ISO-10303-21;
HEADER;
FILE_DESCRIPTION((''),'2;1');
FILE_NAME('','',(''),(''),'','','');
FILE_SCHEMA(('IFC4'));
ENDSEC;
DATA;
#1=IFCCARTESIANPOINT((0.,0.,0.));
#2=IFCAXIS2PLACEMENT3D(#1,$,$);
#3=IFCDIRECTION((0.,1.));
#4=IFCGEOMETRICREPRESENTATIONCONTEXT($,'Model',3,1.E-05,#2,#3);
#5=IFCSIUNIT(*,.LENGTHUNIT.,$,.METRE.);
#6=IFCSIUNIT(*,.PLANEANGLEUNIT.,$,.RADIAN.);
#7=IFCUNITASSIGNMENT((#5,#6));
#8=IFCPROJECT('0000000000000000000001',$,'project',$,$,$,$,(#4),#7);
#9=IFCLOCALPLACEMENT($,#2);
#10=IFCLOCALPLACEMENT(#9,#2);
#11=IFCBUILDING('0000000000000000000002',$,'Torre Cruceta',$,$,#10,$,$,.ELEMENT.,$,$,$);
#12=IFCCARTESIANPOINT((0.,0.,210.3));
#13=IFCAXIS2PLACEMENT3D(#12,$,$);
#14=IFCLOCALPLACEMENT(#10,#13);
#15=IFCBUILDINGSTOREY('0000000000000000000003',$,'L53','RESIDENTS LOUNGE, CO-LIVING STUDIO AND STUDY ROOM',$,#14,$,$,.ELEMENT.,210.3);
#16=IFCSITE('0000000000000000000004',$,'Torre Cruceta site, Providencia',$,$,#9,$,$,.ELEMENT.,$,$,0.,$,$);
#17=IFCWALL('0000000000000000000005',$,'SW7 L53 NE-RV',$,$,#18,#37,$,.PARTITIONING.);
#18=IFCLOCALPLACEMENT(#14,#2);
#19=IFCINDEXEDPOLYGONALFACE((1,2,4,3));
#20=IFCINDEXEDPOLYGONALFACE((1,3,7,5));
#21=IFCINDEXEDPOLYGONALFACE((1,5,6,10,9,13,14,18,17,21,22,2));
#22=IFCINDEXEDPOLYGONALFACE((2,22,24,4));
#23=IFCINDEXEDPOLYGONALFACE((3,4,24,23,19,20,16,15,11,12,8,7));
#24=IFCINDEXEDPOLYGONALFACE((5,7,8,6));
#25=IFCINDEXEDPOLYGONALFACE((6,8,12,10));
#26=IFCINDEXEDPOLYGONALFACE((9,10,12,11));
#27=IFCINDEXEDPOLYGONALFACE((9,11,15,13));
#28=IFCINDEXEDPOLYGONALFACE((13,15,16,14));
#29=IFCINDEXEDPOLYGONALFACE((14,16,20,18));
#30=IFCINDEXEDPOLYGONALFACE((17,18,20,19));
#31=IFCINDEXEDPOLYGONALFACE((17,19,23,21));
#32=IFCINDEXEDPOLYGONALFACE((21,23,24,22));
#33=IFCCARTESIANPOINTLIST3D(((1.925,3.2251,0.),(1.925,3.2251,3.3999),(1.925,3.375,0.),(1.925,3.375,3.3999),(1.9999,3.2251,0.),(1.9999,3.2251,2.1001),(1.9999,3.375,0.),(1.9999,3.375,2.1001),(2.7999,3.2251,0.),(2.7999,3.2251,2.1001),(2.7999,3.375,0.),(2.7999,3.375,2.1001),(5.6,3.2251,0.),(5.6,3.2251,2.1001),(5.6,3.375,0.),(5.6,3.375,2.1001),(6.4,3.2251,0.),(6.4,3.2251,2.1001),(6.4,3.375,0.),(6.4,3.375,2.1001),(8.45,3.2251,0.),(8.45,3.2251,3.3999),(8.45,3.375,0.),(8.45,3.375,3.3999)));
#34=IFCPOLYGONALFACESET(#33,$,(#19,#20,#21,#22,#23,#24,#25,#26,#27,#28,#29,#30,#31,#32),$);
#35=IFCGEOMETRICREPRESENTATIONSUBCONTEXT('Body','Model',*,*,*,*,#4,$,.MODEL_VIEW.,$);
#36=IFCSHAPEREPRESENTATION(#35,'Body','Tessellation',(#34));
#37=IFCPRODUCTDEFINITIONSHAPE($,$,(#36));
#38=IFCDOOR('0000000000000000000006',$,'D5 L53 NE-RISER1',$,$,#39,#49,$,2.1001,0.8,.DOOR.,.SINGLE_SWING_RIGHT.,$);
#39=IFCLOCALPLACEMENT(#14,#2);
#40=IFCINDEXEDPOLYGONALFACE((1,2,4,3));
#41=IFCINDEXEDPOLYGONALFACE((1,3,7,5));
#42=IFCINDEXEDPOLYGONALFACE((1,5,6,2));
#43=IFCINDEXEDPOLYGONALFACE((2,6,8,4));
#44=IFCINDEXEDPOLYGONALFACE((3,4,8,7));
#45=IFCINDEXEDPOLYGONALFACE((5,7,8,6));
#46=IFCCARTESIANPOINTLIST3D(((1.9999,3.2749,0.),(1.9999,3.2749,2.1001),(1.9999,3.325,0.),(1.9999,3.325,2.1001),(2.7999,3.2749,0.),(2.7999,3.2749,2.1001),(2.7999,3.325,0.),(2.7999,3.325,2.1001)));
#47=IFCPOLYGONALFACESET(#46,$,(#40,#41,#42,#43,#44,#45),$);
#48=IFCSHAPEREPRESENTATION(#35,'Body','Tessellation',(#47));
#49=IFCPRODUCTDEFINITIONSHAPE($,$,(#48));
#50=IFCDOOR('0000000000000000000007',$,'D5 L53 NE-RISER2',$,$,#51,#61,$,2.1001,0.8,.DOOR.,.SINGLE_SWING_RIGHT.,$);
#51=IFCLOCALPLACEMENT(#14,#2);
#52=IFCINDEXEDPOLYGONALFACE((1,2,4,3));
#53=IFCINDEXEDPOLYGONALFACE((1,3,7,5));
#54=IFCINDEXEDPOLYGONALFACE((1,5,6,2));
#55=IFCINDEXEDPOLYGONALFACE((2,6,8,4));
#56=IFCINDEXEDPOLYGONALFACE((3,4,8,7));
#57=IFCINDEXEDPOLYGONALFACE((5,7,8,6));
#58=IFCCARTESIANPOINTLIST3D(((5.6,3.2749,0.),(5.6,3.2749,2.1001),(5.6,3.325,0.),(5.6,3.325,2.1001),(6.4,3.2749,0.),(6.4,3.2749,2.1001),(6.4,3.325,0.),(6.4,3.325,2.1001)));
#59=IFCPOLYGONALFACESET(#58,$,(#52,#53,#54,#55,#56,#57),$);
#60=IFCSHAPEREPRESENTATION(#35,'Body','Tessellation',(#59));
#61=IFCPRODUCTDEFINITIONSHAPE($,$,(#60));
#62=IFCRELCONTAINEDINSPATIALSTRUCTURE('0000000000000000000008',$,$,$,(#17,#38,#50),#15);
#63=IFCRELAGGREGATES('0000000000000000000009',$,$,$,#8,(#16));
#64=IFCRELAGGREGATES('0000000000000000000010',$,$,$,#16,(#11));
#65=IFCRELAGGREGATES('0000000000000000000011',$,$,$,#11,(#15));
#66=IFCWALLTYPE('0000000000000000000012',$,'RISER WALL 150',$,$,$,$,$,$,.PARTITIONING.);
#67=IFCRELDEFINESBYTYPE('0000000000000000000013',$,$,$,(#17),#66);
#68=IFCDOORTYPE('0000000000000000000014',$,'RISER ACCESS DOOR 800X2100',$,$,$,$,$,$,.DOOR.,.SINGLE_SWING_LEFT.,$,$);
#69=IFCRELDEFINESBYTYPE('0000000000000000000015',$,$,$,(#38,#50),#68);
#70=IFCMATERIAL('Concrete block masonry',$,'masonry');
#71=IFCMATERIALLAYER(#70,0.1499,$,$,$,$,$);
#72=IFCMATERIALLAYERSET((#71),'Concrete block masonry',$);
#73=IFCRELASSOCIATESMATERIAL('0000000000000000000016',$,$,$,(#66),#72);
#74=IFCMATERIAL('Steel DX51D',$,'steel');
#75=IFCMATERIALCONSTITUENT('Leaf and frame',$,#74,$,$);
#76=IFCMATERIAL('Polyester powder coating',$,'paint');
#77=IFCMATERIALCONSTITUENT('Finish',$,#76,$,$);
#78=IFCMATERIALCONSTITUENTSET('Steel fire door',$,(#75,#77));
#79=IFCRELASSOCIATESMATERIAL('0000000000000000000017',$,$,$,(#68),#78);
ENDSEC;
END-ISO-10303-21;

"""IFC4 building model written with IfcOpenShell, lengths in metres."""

from ifc_helpers import new_model, si_unit, direction, frame, frame_2d, origin, place, context, subcontext, project, spatial, rectangle, extrude, material, layer, layer_set, constituent, constituent_set, type_object, element, fill, save


model = new_model("IFC4")

# Units and contexts
model_context = context("Model", 3, precision=1e-05, world=origin(), true_north=direction((0.0, 1.0)))
body_context = subcontext(model_context, "Body", "Model", "MODEL_VIEW")
ifc_project = project(units=[si_unit("LENGTHUNIT", "METRE"), si_unit("PLANEANGLEUNIT", "RADIAN")], contexts=[model_context])

# Site, building, storey
site_placement = place(None, origin())
site = spatial("IfcSite", under=ifc_project, at=site_placement, Name="Torre Cruceta site, Providencia", CompositionType="ELEMENT", RefElevation=0.0)
building_placement = place(site_placement, origin())
building = spatial("IfcBuilding", under=site, at=building_placement, Name="Torre Cruceta", CompositionType="ELEMENT")
storey_placement = place(building_placement, frame((0.0, 0.0, 210.3)))
storey = spatial("IfcBuildingStorey", under=building, at=storey_placement, Name="L53", Description="RESIDENTS LOUNGE, CO-LIVING STUDIO AND STUDY ROOM", CompositionType="ELEMENT", Elevation=210.3)

# Wall, openings, doors
ifc_material_1 = material(Name="Concrete block masonry", Category="masonry")
ifc_layer_1 = layer(ifc_material_1, 0.1499)
ifc_layer_set_1 = layer_set([ifc_layer_1], Name="Concrete block masonry")
wall_type_1 = type_object("IfcWallType", Name="RISER WALL 150", PredefinedType="PARTITIONING", material=ifc_layer_set_1)
wall_1_placement = place(storey_placement, frame((1.925, 3.3, 0.0), z_axis=(0.0, 0.0, 1.0), x_axis=(1.0, 0.0, 0.0)))
wall_1 = element("IfcWall", 1, at=wall_1_placement, inside=storey, type_object=wall_type_1, Name="SW7 L53 NE-RV", PredefinedType="PARTITIONING", context=body_context, shape_type="SweptSolid", body=[
    extrude(rectangle(XDim=6.5249, YDim=0.1499, at=frame_2d((3.2625, 0.0))), origin(), (0.0, 0.0, 1.0), 3.3999),
])
opening_1_placement = place(wall_1_placement, frame((0.075, 0.0, 0.0)))
opening_1 = element("IfcOpeningElement", 2, at=opening_1_placement, cuts=wall_1, PredefinedType="OPENING", context=body_context, shape_type="SweptSolid", body=[
    extrude(rectangle(XDim=0.8, YDim=2.1001, at=frame_2d((0.3999, 1.05))), frame((0.0, 0.085, 0.0), z_axis=(0.0, -1.0, 0.0), x_axis=(1.0, 0.0, 0.0)), (0.0, 0.0, 1.0), 0.1699),
])
opening_2_placement = place(wall_1_placement, frame((3.675, 0.0, 0.0)))
opening_2 = element("IfcOpeningElement", 3, at=opening_2_placement, cuts=wall_1, PredefinedType="OPENING", context=body_context, shape_type="SweptSolid", body=[
    extrude(rectangle(XDim=0.8, YDim=2.1001, at=frame_2d((0.3999, 1.05))), frame((0.0, 0.085, 0.0), z_axis=(0.0, -1.0, 0.0), x_axis=(1.0, 0.0, 0.0)), (0.0, 0.0, 1.0), 0.1699),
])
ifc_material_2 = material(Name="Steel DX51D", Category="steel")
ifc_constituent_1 = constituent(ifc_material_2, Name="Leaf and frame")
ifc_material_3 = material(Name="Polyester powder coating", Category="paint")
ifc_constituent_2 = constituent(ifc_material_3, Name="Finish")
ifc_constituent_set_1 = constituent_set(constituents=[ifc_constituent_1, ifc_constituent_2], Name="Steel fire door")
door_type_1 = type_object("IfcDoorType", Name="RISER ACCESS DOOR 800X2100", OperationType="SINGLE_SWING_LEFT", PredefinedType="DOOR", material=ifc_constituent_set_1)
door_1_placement = place(opening_1_placement, frame((0.8, 0.0, 0.0), z_axis=(0.0, 0.0, 1.0), x_axis=(-1.0, 0.0, 0.0)))
door_1 = element("IfcDoor", 4, at=door_1_placement, inside=storey, type_object=door_type_1, Name="D5 L53 NE-RISER1", OperationType="SINGLE_SWING_RIGHT", OverallHeight=2.1001, OverallWidth=0.8, PredefinedType="DOOR", context=body_context, shape_type="SweptSolid", body=[
    extrude(rectangle(XDim=0.8, YDim=2.1001, at=frame_2d((0.4001, 1.05))), frame((0.0, 0.0251, 0.0), z_axis=(0.0, -1.0, 0.0), x_axis=(1.0, 0.0, 0.0)), (0.0, 0.0, 1.0), 0.05),
])
fill(opening_1, door_1)
door_2_placement = place(opening_2_placement, frame((0.8, 0.0, 0.0), z_axis=(0.0, 0.0, 1.0), x_axis=(-1.0, 0.0, 0.0)))
door_2 = element("IfcDoor", 5, at=door_2_placement, inside=storey, type_object=door_type_1, Name="D5 L53 NE-RISER2", OperationType="SINGLE_SWING_RIGHT", OverallHeight=2.1001, OverallWidth=0.8, PredefinedType="DOOR", context=body_context, shape_type="SweptSolid", body=[
    extrude(rectangle(XDim=0.8, YDim=2.1001, at=frame_2d((0.4001, 1.05))), frame((0.0, 0.0251, 0.0), z_axis=(0.0, -1.0, 0.0), x_axis=(1.0, 0.0, 0.0)), (0.0, 0.0, 1.0), 0.05),
])
fill(opening_2, door_2)

save(model, "model.ifc")
